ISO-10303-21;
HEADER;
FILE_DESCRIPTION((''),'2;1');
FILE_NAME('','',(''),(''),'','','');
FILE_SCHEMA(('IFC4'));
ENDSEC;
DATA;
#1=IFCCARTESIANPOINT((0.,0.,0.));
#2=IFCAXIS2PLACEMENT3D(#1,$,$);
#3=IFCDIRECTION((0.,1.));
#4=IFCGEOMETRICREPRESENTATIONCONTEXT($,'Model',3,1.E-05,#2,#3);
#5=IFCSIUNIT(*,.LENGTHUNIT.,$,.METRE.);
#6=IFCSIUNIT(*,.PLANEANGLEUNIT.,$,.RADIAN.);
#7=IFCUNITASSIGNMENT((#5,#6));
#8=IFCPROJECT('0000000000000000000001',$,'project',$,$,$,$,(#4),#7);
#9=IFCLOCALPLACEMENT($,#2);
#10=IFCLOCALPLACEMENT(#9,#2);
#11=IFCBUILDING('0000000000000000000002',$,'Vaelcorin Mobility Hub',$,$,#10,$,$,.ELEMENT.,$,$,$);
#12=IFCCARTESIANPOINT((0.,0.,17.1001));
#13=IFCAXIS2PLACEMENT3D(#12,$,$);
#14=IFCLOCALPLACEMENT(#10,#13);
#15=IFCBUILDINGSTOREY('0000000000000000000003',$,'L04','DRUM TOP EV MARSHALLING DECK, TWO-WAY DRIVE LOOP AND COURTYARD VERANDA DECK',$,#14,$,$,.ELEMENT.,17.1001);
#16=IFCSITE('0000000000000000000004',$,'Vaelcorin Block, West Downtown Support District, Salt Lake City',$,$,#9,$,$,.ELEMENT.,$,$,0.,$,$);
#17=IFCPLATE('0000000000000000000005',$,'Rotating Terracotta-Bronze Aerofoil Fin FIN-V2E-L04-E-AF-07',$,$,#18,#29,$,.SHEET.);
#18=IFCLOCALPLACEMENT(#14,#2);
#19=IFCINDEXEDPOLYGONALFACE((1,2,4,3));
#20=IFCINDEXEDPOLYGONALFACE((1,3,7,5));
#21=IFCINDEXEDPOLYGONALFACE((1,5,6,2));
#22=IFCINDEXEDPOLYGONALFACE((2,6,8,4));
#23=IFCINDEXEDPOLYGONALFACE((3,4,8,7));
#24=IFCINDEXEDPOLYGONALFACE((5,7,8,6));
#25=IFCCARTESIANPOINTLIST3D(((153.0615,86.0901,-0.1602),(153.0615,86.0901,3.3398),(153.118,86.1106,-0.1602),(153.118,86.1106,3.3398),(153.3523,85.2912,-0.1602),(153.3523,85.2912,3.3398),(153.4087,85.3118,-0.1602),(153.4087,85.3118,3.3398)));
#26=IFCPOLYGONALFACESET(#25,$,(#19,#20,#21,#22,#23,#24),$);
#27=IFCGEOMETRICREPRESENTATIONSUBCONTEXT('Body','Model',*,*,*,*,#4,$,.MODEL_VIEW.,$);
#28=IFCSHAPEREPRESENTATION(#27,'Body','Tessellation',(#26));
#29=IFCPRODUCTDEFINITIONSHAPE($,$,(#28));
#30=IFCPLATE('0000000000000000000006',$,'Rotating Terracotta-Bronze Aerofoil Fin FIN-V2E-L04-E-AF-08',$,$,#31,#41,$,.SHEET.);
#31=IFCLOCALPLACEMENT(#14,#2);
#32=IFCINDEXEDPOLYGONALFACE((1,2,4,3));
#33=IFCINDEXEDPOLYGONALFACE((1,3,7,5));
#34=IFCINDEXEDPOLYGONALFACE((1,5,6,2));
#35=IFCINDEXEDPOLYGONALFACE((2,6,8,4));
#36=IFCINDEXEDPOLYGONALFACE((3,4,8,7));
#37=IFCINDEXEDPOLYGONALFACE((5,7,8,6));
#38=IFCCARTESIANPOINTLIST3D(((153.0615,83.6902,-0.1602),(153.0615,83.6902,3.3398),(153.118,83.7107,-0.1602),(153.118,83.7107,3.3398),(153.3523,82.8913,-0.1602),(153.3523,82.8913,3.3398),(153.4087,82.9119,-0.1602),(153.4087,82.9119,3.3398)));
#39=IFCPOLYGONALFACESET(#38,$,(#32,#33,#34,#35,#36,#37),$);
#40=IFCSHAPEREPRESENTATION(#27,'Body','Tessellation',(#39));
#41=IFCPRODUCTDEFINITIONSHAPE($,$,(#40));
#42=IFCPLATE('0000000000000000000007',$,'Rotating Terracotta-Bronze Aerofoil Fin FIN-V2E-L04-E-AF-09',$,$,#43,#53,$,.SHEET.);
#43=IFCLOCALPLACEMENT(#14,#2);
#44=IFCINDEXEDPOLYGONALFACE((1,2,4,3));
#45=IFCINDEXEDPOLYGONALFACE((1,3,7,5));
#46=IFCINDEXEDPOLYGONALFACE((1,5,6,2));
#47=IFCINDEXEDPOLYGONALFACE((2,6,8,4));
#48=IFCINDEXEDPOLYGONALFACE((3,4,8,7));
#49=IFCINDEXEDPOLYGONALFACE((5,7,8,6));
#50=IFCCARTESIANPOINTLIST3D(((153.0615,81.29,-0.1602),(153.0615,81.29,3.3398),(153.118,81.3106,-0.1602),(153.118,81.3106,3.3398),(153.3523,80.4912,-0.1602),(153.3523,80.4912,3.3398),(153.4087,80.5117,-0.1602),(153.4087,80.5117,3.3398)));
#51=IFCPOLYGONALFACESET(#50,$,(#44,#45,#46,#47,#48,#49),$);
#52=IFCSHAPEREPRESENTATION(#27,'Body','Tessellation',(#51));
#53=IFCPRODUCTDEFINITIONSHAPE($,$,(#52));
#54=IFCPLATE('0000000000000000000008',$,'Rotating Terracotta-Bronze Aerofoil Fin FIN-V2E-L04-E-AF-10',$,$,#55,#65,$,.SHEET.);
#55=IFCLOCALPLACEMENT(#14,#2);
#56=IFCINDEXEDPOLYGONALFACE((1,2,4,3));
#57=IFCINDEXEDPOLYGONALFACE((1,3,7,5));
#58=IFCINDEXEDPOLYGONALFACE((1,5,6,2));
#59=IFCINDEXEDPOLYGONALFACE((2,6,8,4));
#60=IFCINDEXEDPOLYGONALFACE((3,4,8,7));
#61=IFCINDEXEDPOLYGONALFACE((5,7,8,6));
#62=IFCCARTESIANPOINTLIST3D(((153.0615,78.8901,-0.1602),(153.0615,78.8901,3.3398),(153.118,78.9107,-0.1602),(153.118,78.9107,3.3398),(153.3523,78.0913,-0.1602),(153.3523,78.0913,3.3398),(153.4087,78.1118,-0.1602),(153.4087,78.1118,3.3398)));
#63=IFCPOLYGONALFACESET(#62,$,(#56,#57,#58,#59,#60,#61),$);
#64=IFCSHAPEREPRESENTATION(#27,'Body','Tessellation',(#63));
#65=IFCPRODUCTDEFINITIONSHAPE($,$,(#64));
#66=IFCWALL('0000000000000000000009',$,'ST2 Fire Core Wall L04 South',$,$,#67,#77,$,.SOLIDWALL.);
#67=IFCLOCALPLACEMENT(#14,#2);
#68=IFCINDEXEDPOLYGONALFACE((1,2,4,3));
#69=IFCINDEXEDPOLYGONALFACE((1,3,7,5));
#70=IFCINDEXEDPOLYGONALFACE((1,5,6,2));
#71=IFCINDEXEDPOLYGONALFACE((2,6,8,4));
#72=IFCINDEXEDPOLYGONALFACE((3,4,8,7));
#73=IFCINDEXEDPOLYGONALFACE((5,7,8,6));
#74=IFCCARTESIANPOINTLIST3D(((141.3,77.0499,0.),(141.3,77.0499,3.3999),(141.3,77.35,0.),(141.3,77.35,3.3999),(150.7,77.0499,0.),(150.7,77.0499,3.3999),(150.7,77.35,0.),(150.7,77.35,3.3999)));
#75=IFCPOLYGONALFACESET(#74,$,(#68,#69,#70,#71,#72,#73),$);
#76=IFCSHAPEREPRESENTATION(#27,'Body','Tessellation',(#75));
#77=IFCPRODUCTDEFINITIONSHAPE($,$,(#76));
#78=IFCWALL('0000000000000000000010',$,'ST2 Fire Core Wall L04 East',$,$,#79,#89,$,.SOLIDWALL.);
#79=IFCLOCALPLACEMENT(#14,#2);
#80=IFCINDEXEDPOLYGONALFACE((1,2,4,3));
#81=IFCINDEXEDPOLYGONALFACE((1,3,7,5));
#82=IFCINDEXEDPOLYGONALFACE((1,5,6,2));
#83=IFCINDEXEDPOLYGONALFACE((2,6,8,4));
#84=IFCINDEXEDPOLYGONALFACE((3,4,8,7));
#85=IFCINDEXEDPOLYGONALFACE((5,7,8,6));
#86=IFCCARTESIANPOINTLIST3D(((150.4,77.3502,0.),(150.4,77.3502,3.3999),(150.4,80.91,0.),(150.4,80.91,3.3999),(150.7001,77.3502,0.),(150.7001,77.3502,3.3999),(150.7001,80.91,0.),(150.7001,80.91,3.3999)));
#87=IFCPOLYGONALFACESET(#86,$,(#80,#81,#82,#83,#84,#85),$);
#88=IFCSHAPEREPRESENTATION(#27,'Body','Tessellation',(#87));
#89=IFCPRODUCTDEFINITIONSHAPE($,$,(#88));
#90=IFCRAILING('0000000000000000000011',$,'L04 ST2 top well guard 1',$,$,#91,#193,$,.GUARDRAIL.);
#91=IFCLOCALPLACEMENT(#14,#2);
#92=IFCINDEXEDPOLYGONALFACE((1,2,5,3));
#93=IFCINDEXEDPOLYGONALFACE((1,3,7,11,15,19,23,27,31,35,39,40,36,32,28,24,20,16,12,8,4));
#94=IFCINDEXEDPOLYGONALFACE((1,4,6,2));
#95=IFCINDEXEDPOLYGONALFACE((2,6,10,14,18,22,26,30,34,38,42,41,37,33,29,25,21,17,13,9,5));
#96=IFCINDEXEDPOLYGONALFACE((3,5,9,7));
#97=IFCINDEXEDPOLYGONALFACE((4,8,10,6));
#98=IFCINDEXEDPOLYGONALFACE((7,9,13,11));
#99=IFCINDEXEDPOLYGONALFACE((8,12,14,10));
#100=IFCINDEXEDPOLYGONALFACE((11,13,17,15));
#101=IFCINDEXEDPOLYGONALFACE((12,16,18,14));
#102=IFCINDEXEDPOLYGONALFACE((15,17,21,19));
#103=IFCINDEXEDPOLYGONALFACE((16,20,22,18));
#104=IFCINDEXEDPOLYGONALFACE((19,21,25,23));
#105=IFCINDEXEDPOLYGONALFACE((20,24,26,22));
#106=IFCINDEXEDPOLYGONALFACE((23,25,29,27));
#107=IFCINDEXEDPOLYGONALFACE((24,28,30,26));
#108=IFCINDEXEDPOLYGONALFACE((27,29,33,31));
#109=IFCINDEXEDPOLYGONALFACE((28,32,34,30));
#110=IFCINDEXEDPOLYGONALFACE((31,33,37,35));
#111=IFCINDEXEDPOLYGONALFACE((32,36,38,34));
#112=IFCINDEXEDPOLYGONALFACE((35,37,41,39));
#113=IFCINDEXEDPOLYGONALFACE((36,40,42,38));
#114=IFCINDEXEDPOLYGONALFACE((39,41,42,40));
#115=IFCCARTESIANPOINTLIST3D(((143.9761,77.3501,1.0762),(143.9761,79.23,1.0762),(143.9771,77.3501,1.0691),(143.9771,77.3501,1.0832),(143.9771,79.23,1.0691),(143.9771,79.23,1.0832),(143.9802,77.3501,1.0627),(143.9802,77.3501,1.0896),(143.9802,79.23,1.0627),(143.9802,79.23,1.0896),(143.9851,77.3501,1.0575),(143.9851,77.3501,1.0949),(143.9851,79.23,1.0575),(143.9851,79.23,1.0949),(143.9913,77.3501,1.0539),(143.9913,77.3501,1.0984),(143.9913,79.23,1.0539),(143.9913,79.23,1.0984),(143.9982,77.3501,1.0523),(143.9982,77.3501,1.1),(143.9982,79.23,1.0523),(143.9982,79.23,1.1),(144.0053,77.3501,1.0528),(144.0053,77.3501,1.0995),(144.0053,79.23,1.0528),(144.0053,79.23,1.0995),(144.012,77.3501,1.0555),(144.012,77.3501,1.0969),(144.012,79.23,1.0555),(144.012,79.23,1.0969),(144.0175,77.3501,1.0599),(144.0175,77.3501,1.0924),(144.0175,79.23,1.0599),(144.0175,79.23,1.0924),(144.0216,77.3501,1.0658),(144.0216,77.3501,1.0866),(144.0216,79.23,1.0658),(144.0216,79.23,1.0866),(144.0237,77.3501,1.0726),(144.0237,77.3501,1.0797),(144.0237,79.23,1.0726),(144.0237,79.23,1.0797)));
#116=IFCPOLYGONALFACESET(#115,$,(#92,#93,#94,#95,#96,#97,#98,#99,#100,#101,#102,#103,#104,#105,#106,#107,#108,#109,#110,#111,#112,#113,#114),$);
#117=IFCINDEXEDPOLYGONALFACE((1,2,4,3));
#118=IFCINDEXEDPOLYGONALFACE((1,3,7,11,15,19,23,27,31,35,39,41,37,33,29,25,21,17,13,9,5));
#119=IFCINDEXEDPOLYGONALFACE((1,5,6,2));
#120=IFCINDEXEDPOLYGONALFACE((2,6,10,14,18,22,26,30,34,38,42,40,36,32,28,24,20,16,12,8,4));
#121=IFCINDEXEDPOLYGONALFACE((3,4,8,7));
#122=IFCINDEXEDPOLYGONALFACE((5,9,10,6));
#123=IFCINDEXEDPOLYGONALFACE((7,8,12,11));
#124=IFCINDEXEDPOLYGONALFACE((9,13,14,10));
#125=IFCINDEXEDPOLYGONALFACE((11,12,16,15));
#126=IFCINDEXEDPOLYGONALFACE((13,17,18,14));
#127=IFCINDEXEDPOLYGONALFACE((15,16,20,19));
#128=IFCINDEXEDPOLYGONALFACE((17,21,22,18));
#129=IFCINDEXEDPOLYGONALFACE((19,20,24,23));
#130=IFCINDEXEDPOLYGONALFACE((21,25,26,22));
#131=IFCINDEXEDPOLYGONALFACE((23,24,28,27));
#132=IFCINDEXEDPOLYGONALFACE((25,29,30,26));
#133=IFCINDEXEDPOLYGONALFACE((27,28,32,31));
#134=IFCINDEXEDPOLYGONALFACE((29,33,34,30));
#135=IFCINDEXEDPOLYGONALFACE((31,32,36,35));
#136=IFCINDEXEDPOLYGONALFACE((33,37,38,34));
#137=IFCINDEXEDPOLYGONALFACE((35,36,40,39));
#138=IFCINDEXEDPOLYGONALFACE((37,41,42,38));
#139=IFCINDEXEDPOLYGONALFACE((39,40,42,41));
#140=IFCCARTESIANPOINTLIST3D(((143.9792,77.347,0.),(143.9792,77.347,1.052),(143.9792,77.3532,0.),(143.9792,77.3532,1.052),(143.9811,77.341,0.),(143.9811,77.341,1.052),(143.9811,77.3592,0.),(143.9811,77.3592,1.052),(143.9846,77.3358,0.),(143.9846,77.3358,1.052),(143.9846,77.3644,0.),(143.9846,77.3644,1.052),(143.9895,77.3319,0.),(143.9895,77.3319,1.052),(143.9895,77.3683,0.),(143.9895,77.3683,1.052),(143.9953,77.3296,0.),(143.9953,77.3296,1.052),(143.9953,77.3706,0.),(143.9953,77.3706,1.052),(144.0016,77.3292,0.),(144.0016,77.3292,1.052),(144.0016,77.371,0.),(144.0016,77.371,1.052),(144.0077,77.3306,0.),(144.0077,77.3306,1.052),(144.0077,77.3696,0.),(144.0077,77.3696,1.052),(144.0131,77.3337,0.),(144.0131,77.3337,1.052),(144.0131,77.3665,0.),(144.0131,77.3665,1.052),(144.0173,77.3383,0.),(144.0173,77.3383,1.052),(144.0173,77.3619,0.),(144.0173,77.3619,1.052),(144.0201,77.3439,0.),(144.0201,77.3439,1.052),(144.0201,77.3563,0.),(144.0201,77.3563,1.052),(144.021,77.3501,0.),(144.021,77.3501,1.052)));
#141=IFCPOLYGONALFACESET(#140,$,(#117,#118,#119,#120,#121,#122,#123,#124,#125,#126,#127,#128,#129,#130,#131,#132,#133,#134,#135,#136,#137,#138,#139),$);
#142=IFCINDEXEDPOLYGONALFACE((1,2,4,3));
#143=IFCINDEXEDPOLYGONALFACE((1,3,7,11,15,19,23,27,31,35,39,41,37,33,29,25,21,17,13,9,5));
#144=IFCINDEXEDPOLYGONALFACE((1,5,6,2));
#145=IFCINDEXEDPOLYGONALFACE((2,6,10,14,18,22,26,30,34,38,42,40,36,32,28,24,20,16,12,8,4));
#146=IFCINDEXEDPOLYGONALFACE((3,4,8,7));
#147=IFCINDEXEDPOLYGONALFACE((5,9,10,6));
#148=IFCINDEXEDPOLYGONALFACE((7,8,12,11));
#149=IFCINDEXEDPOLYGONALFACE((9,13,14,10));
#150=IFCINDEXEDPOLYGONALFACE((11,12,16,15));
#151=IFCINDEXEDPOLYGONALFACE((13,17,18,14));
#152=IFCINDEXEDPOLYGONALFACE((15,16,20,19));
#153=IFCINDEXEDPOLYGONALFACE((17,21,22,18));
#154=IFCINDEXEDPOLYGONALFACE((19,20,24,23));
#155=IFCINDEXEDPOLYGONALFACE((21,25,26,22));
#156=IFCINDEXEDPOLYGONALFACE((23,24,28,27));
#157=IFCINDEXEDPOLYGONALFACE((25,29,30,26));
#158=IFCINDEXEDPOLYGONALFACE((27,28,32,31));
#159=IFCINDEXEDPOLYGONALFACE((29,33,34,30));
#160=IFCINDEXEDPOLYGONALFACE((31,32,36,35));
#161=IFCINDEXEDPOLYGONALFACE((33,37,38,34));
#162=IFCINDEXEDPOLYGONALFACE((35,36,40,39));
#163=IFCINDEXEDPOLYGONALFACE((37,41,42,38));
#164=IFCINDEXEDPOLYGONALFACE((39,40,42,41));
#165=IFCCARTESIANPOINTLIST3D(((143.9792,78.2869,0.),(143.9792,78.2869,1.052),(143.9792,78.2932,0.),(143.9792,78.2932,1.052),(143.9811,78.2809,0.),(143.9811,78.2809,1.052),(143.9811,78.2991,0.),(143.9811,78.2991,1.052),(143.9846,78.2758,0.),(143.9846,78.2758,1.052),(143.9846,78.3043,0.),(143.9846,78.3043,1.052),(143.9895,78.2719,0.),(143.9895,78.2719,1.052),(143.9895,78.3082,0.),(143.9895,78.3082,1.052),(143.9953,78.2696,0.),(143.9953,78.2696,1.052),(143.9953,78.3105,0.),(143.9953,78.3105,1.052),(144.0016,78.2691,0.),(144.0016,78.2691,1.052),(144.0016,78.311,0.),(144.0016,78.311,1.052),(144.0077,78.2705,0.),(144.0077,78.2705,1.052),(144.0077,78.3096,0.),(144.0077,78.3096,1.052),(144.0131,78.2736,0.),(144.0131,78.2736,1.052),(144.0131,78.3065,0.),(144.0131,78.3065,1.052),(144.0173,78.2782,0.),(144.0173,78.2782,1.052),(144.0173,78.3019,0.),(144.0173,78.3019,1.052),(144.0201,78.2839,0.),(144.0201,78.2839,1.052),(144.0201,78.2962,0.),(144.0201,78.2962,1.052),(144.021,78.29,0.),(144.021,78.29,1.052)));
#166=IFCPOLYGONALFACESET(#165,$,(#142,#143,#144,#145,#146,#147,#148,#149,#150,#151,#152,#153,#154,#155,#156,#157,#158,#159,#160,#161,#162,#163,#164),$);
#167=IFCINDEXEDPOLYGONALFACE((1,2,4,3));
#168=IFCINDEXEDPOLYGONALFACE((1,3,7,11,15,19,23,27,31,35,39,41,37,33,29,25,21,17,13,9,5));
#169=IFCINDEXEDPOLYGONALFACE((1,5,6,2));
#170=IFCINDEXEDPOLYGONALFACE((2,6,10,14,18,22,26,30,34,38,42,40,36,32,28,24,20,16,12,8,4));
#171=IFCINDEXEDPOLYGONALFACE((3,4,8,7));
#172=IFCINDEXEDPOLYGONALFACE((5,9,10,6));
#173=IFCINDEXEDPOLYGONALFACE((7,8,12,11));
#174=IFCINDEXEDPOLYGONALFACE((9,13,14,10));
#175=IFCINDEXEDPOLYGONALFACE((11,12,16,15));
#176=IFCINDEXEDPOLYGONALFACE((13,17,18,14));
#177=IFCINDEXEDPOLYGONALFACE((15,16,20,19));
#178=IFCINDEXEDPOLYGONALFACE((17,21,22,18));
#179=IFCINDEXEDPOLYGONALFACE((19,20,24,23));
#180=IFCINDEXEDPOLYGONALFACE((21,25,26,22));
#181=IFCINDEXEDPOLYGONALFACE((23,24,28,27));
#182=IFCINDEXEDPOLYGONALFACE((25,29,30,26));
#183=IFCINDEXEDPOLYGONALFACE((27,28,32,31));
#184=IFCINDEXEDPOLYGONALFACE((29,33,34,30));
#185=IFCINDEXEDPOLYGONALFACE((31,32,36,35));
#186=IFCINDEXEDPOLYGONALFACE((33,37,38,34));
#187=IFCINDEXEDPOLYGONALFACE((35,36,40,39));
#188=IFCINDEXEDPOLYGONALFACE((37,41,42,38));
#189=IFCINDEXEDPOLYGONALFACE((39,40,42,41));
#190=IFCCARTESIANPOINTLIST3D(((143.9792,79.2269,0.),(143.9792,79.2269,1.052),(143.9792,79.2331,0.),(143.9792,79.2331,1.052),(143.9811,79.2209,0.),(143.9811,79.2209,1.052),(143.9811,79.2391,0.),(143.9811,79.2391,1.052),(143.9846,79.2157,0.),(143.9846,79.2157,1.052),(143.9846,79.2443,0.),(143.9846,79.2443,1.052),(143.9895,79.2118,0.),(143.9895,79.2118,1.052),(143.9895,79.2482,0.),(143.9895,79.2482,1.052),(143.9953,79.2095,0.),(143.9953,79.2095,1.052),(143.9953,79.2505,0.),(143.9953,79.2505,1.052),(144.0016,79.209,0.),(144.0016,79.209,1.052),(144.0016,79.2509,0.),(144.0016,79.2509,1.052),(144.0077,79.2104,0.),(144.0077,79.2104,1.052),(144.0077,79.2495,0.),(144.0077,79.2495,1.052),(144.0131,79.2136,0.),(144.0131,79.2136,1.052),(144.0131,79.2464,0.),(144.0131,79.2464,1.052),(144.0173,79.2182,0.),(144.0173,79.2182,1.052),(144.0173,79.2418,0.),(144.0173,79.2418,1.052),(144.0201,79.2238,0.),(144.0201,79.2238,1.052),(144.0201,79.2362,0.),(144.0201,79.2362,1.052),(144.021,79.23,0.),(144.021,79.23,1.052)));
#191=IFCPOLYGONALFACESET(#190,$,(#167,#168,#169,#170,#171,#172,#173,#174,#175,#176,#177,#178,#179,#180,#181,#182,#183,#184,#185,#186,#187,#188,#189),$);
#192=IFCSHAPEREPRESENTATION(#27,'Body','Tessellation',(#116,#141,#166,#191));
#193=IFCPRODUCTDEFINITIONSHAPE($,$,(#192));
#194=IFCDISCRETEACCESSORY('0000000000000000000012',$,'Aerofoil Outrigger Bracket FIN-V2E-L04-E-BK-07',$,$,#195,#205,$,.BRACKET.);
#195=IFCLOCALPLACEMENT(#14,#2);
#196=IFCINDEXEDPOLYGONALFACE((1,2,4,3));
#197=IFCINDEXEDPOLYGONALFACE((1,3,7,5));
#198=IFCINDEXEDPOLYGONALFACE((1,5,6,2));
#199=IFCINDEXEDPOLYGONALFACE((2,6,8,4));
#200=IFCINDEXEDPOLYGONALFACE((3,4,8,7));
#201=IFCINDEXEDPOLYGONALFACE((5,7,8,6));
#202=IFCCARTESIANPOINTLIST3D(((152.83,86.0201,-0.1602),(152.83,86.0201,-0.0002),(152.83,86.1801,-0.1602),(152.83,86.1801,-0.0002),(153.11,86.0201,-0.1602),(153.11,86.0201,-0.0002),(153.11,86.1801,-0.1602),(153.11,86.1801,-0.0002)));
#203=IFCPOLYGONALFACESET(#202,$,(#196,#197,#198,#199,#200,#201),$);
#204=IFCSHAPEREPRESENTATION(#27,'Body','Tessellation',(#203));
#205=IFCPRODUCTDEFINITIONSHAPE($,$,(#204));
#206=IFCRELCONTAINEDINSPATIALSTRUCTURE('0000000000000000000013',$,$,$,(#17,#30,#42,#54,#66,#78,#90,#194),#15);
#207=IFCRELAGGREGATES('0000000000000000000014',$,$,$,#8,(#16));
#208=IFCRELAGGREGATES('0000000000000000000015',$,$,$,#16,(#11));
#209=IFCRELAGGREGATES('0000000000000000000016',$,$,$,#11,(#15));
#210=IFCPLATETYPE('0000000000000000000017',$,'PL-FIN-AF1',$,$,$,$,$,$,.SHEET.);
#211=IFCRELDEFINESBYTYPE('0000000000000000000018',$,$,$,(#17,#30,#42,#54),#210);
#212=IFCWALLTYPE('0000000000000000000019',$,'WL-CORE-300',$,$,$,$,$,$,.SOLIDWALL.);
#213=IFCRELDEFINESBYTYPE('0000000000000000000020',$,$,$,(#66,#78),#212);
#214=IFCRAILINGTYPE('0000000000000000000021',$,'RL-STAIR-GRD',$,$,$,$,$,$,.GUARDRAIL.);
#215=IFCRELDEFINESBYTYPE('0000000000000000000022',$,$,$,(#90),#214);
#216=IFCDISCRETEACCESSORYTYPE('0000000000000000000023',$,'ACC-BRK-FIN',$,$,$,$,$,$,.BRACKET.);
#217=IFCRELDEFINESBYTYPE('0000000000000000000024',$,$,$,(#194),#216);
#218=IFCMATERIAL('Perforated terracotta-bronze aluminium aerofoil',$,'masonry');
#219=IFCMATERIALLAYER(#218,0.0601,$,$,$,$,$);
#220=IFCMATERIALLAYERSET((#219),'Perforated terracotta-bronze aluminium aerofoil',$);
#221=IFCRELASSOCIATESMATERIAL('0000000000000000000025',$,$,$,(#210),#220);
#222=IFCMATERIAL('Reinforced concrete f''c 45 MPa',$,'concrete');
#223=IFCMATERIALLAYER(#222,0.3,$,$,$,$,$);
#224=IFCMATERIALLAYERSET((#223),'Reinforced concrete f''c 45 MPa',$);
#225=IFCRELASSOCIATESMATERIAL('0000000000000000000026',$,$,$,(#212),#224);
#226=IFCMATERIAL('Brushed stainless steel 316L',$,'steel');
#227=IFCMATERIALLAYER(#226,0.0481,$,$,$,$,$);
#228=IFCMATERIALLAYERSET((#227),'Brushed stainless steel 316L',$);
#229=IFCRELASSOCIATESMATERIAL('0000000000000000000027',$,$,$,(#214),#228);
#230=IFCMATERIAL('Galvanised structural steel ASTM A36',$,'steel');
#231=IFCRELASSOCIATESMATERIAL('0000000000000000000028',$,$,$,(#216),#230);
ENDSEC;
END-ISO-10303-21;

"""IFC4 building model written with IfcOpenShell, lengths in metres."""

from ifc_helpers import new_model, si_unit, direction, frame, frame_2d, origin, origin_2d, place, context, subcontext, project, spatial, rectangle, circle, extrude, material, layer, layer_set, type_object, element, save


model = new_model("IFC4")

# Units and contexts
model_context = context("Model", 3, precision=1e-05, world=origin(), true_north=direction((0.0, 1.0)))
body_context = subcontext(model_context, "Body", "Model", "MODEL_VIEW")
ifc_project = project(units=[si_unit("LENGTHUNIT", "METRE"), si_unit("PLANEANGLEUNIT", "RADIAN")], contexts=[model_context])

# Site, building, storey
site_placement = place(None, origin())
site = spatial("IfcSite", under=ifc_project, at=site_placement, Name="Vaelcorin Block, West Downtown Support District, Salt Lake City", CompositionType="ELEMENT", RefElevation=0.0)
building_placement = place(site_placement, origin())
building = spatial("IfcBuilding", under=site, at=building_placement, Name="Vaelcorin Mobility Hub", CompositionType="ELEMENT")
storey_placement = place(building_placement, frame((0.0, 0.0, 17.1001)))
storey = spatial("IfcBuildingStorey", under=building, at=storey_placement, Name="L04", Description="DRUM TOP EV MARSHALLING DECK, TWO-WAY DRIVE LOOP AND COURTYARD VERANDA DECK", CompositionType="ELEMENT", Elevation=17.1001)

# Plates
ifc_material_1 = material(Name="Perforated terracotta-bronze aluminium aerofoil", Category="masonry")
ifc_layer_1 = layer(ifc_material_1, 0.0601)
ifc_layer_set_1 = layer_set([ifc_layer_1], Name="Perforated terracotta-bronze aluminium aerofoil")
plate_type = type_object("IfcPlateType", Name="PL-FIN-AF1", PredefinedType="SHEET", material=ifc_layer_set_1)
for number, where, z_axis, x_axis, name in (
    (1, (153.2351, 85.7009, -0.1602), (0.0, 0.0, 1.0), (0.34202, -0.939693, 0.0), "Rotating Terracotta-Bronze Aerofoil Fin FIN-V2E-L04-E-AF-07"),
    (2, (153.2351, 83.301, -0.1602), (0.0, 0.0, 1.0), (0.34202, -0.939693, 0.0), "Rotating Terracotta-Bronze Aerofoil Fin FIN-V2E-L04-E-AF-08"),
    (3, (153.2351, 80.9009, -0.1602), (0.0, 0.0, 1.0), (0.34202, -0.939693, 0.0), "Rotating Terracotta-Bronze Aerofoil Fin FIN-V2E-L04-E-AF-09"),
    (4, (153.2351, 78.501, -0.1602), (0.0, 0.0, 1.0), (0.34202, -0.939693, 0.0), "Rotating Terracotta-Bronze Aerofoil Fin FIN-V2E-L04-E-AF-10"),
):
    element("IfcPlate", number, at=place(storey_placement, frame(where, z_axis=z_axis, x_axis=x_axis)), inside=storey, type_object=plate_type, Name=name, PredefinedType="SHEET", context=body_context, shape_type="SweptSolid", body=[
        extrude(rectangle(XDim=0.8501, YDim=0.0601, at=origin_2d()), origin(), (0.0, 0.0, 1.0), 3.5),
    ])

# Walls
ifc_material_2 = material(Name="Reinforced concrete f'c 45 MPa", Category="concrete")
ifc_layer_2 = layer(ifc_material_2, 0.3)
ifc_layer_set_2 = layer_set([ifc_layer_2], Name="Reinforced concrete f'c 45 MPa")
wall_type = type_object("IfcWallType", Name="WL-CORE-300", PredefinedType="SOLIDWALL", material=ifc_layer_set_2)
wall_1_placement = place(storey_placement, frame((150.7, 77.2, 0.0), z_axis=(0.0, 0.0, 1.0), x_axis=(-1.0, 0.0, 0.0)))
element("IfcWall", 5, at=wall_1_placement, inside=storey, type_object=wall_type, Name="ST2 Fire Core Wall L04 South", PredefinedType="SOLIDWALL", context=body_context, shape_type="SweptSolid", body=[
    extrude(rectangle(XDim=9.3999, YDim=0.3, at=frame_2d((4.7, 0.0))), origin(), (0.0, 0.0, 1.0), 3.3999),
])
wall_2_placement = place(storey_placement, frame((150.55, 80.9099, 0.0), z_axis=(0.0, 0.0, 1.0), x_axis=(0.0, -1.0, 0.0)))
element("IfcWall", 6, at=wall_2_placement, inside=storey, type_object=wall_type, Name="ST2 Fire Core Wall L04 East", PredefinedType="SOLIDWALL", context=body_context, shape_type="SweptSolid", body=[
    extrude(rectangle(XDim=3.5598, YDim=0.3, at=frame_2d((1.7798, 0.0))), origin(), (0.0, 0.0, 1.0), 3.3999),
])

# Railing
ifc_material_3 = material(Name="Galvanised structural steel ASTM A36", Category="steel")
ifc_material_4 = material(Name="Brushed stainless steel 316L", Category="steel")
ifc_layer_3 = layer(ifc_material_4, 0.0481)
ifc_layer_set_3 = layer_set([ifc_layer_3], Name="Brushed stainless steel 316L")
railing_type_1 = type_object("IfcRailingType", Name="RL-STAIR-GRD", PredefinedType="GUARDRAIL", material=ifc_layer_set_3)
railing_1_placement = place(storey_placement, frame((144.0, 77.3501, 0.0)))
element("IfcRailing", 7, at=railing_1_placement, inside=storey, type_object=railing_type_1, Name="L04 ST2 top well guard 1", PredefinedType="GUARDRAIL", context=body_context, shape_type="SweptSolid", body=[
    extrude(circle(Radius=0.0239, at=origin_2d()), frame((0.0, 0.0, 1.0762), z_axis=(0.0, 1.0, 0.0), x_axis=(-1.0, 0.0, 0.0)), (0.0, 0.0, 1.0), 1.8799),
    extrude(circle(Radius=0.021, at=origin_2d()), origin(), (0.0, 0.0, 1.0), 1.052),
    extrude(circle(Radius=0.021, at=origin_2d()), frame((0.0, 0.9399, 0.0)), (0.0, 0.0, 1.0), 1.052),
    extrude(circle(Radius=0.021, at=origin_2d()), frame((0.0, 1.8799, 0.0)), (0.0, 0.0, 1.0), 1.052),
])

# Discrete accessory
discrete_accessory_type = type_object("IfcDiscreteAccessoryType", Name="ACC-BRK-FIN", PredefinedType="BRACKET", material=ifc_material_3)
for number, where, z_axis, x_axis, name in (
    (8, (152.97, 86.1001, -0.1602), (0.0, 0.0, 1.0), (1.0, 0.0, 0.0), "Aerofoil Outrigger Bracket FIN-V2E-L04-E-BK-07"),
):
    element("IfcDiscreteAccessory", number, at=place(storey_placement, frame(where, z_axis=z_axis, x_axis=x_axis)), inside=storey, type_object=discrete_accessory_type, Name=name, PredefinedType="BRACKET", context=body_context, shape_type="SweptSolid", body=[
        extrude(rectangle(XDim=0.28, YDim=0.1599, at=origin_2d()), origin(), (0.0, 0.0, 1.0), 0.1599),
    ])

save(model, "model.ifc")
